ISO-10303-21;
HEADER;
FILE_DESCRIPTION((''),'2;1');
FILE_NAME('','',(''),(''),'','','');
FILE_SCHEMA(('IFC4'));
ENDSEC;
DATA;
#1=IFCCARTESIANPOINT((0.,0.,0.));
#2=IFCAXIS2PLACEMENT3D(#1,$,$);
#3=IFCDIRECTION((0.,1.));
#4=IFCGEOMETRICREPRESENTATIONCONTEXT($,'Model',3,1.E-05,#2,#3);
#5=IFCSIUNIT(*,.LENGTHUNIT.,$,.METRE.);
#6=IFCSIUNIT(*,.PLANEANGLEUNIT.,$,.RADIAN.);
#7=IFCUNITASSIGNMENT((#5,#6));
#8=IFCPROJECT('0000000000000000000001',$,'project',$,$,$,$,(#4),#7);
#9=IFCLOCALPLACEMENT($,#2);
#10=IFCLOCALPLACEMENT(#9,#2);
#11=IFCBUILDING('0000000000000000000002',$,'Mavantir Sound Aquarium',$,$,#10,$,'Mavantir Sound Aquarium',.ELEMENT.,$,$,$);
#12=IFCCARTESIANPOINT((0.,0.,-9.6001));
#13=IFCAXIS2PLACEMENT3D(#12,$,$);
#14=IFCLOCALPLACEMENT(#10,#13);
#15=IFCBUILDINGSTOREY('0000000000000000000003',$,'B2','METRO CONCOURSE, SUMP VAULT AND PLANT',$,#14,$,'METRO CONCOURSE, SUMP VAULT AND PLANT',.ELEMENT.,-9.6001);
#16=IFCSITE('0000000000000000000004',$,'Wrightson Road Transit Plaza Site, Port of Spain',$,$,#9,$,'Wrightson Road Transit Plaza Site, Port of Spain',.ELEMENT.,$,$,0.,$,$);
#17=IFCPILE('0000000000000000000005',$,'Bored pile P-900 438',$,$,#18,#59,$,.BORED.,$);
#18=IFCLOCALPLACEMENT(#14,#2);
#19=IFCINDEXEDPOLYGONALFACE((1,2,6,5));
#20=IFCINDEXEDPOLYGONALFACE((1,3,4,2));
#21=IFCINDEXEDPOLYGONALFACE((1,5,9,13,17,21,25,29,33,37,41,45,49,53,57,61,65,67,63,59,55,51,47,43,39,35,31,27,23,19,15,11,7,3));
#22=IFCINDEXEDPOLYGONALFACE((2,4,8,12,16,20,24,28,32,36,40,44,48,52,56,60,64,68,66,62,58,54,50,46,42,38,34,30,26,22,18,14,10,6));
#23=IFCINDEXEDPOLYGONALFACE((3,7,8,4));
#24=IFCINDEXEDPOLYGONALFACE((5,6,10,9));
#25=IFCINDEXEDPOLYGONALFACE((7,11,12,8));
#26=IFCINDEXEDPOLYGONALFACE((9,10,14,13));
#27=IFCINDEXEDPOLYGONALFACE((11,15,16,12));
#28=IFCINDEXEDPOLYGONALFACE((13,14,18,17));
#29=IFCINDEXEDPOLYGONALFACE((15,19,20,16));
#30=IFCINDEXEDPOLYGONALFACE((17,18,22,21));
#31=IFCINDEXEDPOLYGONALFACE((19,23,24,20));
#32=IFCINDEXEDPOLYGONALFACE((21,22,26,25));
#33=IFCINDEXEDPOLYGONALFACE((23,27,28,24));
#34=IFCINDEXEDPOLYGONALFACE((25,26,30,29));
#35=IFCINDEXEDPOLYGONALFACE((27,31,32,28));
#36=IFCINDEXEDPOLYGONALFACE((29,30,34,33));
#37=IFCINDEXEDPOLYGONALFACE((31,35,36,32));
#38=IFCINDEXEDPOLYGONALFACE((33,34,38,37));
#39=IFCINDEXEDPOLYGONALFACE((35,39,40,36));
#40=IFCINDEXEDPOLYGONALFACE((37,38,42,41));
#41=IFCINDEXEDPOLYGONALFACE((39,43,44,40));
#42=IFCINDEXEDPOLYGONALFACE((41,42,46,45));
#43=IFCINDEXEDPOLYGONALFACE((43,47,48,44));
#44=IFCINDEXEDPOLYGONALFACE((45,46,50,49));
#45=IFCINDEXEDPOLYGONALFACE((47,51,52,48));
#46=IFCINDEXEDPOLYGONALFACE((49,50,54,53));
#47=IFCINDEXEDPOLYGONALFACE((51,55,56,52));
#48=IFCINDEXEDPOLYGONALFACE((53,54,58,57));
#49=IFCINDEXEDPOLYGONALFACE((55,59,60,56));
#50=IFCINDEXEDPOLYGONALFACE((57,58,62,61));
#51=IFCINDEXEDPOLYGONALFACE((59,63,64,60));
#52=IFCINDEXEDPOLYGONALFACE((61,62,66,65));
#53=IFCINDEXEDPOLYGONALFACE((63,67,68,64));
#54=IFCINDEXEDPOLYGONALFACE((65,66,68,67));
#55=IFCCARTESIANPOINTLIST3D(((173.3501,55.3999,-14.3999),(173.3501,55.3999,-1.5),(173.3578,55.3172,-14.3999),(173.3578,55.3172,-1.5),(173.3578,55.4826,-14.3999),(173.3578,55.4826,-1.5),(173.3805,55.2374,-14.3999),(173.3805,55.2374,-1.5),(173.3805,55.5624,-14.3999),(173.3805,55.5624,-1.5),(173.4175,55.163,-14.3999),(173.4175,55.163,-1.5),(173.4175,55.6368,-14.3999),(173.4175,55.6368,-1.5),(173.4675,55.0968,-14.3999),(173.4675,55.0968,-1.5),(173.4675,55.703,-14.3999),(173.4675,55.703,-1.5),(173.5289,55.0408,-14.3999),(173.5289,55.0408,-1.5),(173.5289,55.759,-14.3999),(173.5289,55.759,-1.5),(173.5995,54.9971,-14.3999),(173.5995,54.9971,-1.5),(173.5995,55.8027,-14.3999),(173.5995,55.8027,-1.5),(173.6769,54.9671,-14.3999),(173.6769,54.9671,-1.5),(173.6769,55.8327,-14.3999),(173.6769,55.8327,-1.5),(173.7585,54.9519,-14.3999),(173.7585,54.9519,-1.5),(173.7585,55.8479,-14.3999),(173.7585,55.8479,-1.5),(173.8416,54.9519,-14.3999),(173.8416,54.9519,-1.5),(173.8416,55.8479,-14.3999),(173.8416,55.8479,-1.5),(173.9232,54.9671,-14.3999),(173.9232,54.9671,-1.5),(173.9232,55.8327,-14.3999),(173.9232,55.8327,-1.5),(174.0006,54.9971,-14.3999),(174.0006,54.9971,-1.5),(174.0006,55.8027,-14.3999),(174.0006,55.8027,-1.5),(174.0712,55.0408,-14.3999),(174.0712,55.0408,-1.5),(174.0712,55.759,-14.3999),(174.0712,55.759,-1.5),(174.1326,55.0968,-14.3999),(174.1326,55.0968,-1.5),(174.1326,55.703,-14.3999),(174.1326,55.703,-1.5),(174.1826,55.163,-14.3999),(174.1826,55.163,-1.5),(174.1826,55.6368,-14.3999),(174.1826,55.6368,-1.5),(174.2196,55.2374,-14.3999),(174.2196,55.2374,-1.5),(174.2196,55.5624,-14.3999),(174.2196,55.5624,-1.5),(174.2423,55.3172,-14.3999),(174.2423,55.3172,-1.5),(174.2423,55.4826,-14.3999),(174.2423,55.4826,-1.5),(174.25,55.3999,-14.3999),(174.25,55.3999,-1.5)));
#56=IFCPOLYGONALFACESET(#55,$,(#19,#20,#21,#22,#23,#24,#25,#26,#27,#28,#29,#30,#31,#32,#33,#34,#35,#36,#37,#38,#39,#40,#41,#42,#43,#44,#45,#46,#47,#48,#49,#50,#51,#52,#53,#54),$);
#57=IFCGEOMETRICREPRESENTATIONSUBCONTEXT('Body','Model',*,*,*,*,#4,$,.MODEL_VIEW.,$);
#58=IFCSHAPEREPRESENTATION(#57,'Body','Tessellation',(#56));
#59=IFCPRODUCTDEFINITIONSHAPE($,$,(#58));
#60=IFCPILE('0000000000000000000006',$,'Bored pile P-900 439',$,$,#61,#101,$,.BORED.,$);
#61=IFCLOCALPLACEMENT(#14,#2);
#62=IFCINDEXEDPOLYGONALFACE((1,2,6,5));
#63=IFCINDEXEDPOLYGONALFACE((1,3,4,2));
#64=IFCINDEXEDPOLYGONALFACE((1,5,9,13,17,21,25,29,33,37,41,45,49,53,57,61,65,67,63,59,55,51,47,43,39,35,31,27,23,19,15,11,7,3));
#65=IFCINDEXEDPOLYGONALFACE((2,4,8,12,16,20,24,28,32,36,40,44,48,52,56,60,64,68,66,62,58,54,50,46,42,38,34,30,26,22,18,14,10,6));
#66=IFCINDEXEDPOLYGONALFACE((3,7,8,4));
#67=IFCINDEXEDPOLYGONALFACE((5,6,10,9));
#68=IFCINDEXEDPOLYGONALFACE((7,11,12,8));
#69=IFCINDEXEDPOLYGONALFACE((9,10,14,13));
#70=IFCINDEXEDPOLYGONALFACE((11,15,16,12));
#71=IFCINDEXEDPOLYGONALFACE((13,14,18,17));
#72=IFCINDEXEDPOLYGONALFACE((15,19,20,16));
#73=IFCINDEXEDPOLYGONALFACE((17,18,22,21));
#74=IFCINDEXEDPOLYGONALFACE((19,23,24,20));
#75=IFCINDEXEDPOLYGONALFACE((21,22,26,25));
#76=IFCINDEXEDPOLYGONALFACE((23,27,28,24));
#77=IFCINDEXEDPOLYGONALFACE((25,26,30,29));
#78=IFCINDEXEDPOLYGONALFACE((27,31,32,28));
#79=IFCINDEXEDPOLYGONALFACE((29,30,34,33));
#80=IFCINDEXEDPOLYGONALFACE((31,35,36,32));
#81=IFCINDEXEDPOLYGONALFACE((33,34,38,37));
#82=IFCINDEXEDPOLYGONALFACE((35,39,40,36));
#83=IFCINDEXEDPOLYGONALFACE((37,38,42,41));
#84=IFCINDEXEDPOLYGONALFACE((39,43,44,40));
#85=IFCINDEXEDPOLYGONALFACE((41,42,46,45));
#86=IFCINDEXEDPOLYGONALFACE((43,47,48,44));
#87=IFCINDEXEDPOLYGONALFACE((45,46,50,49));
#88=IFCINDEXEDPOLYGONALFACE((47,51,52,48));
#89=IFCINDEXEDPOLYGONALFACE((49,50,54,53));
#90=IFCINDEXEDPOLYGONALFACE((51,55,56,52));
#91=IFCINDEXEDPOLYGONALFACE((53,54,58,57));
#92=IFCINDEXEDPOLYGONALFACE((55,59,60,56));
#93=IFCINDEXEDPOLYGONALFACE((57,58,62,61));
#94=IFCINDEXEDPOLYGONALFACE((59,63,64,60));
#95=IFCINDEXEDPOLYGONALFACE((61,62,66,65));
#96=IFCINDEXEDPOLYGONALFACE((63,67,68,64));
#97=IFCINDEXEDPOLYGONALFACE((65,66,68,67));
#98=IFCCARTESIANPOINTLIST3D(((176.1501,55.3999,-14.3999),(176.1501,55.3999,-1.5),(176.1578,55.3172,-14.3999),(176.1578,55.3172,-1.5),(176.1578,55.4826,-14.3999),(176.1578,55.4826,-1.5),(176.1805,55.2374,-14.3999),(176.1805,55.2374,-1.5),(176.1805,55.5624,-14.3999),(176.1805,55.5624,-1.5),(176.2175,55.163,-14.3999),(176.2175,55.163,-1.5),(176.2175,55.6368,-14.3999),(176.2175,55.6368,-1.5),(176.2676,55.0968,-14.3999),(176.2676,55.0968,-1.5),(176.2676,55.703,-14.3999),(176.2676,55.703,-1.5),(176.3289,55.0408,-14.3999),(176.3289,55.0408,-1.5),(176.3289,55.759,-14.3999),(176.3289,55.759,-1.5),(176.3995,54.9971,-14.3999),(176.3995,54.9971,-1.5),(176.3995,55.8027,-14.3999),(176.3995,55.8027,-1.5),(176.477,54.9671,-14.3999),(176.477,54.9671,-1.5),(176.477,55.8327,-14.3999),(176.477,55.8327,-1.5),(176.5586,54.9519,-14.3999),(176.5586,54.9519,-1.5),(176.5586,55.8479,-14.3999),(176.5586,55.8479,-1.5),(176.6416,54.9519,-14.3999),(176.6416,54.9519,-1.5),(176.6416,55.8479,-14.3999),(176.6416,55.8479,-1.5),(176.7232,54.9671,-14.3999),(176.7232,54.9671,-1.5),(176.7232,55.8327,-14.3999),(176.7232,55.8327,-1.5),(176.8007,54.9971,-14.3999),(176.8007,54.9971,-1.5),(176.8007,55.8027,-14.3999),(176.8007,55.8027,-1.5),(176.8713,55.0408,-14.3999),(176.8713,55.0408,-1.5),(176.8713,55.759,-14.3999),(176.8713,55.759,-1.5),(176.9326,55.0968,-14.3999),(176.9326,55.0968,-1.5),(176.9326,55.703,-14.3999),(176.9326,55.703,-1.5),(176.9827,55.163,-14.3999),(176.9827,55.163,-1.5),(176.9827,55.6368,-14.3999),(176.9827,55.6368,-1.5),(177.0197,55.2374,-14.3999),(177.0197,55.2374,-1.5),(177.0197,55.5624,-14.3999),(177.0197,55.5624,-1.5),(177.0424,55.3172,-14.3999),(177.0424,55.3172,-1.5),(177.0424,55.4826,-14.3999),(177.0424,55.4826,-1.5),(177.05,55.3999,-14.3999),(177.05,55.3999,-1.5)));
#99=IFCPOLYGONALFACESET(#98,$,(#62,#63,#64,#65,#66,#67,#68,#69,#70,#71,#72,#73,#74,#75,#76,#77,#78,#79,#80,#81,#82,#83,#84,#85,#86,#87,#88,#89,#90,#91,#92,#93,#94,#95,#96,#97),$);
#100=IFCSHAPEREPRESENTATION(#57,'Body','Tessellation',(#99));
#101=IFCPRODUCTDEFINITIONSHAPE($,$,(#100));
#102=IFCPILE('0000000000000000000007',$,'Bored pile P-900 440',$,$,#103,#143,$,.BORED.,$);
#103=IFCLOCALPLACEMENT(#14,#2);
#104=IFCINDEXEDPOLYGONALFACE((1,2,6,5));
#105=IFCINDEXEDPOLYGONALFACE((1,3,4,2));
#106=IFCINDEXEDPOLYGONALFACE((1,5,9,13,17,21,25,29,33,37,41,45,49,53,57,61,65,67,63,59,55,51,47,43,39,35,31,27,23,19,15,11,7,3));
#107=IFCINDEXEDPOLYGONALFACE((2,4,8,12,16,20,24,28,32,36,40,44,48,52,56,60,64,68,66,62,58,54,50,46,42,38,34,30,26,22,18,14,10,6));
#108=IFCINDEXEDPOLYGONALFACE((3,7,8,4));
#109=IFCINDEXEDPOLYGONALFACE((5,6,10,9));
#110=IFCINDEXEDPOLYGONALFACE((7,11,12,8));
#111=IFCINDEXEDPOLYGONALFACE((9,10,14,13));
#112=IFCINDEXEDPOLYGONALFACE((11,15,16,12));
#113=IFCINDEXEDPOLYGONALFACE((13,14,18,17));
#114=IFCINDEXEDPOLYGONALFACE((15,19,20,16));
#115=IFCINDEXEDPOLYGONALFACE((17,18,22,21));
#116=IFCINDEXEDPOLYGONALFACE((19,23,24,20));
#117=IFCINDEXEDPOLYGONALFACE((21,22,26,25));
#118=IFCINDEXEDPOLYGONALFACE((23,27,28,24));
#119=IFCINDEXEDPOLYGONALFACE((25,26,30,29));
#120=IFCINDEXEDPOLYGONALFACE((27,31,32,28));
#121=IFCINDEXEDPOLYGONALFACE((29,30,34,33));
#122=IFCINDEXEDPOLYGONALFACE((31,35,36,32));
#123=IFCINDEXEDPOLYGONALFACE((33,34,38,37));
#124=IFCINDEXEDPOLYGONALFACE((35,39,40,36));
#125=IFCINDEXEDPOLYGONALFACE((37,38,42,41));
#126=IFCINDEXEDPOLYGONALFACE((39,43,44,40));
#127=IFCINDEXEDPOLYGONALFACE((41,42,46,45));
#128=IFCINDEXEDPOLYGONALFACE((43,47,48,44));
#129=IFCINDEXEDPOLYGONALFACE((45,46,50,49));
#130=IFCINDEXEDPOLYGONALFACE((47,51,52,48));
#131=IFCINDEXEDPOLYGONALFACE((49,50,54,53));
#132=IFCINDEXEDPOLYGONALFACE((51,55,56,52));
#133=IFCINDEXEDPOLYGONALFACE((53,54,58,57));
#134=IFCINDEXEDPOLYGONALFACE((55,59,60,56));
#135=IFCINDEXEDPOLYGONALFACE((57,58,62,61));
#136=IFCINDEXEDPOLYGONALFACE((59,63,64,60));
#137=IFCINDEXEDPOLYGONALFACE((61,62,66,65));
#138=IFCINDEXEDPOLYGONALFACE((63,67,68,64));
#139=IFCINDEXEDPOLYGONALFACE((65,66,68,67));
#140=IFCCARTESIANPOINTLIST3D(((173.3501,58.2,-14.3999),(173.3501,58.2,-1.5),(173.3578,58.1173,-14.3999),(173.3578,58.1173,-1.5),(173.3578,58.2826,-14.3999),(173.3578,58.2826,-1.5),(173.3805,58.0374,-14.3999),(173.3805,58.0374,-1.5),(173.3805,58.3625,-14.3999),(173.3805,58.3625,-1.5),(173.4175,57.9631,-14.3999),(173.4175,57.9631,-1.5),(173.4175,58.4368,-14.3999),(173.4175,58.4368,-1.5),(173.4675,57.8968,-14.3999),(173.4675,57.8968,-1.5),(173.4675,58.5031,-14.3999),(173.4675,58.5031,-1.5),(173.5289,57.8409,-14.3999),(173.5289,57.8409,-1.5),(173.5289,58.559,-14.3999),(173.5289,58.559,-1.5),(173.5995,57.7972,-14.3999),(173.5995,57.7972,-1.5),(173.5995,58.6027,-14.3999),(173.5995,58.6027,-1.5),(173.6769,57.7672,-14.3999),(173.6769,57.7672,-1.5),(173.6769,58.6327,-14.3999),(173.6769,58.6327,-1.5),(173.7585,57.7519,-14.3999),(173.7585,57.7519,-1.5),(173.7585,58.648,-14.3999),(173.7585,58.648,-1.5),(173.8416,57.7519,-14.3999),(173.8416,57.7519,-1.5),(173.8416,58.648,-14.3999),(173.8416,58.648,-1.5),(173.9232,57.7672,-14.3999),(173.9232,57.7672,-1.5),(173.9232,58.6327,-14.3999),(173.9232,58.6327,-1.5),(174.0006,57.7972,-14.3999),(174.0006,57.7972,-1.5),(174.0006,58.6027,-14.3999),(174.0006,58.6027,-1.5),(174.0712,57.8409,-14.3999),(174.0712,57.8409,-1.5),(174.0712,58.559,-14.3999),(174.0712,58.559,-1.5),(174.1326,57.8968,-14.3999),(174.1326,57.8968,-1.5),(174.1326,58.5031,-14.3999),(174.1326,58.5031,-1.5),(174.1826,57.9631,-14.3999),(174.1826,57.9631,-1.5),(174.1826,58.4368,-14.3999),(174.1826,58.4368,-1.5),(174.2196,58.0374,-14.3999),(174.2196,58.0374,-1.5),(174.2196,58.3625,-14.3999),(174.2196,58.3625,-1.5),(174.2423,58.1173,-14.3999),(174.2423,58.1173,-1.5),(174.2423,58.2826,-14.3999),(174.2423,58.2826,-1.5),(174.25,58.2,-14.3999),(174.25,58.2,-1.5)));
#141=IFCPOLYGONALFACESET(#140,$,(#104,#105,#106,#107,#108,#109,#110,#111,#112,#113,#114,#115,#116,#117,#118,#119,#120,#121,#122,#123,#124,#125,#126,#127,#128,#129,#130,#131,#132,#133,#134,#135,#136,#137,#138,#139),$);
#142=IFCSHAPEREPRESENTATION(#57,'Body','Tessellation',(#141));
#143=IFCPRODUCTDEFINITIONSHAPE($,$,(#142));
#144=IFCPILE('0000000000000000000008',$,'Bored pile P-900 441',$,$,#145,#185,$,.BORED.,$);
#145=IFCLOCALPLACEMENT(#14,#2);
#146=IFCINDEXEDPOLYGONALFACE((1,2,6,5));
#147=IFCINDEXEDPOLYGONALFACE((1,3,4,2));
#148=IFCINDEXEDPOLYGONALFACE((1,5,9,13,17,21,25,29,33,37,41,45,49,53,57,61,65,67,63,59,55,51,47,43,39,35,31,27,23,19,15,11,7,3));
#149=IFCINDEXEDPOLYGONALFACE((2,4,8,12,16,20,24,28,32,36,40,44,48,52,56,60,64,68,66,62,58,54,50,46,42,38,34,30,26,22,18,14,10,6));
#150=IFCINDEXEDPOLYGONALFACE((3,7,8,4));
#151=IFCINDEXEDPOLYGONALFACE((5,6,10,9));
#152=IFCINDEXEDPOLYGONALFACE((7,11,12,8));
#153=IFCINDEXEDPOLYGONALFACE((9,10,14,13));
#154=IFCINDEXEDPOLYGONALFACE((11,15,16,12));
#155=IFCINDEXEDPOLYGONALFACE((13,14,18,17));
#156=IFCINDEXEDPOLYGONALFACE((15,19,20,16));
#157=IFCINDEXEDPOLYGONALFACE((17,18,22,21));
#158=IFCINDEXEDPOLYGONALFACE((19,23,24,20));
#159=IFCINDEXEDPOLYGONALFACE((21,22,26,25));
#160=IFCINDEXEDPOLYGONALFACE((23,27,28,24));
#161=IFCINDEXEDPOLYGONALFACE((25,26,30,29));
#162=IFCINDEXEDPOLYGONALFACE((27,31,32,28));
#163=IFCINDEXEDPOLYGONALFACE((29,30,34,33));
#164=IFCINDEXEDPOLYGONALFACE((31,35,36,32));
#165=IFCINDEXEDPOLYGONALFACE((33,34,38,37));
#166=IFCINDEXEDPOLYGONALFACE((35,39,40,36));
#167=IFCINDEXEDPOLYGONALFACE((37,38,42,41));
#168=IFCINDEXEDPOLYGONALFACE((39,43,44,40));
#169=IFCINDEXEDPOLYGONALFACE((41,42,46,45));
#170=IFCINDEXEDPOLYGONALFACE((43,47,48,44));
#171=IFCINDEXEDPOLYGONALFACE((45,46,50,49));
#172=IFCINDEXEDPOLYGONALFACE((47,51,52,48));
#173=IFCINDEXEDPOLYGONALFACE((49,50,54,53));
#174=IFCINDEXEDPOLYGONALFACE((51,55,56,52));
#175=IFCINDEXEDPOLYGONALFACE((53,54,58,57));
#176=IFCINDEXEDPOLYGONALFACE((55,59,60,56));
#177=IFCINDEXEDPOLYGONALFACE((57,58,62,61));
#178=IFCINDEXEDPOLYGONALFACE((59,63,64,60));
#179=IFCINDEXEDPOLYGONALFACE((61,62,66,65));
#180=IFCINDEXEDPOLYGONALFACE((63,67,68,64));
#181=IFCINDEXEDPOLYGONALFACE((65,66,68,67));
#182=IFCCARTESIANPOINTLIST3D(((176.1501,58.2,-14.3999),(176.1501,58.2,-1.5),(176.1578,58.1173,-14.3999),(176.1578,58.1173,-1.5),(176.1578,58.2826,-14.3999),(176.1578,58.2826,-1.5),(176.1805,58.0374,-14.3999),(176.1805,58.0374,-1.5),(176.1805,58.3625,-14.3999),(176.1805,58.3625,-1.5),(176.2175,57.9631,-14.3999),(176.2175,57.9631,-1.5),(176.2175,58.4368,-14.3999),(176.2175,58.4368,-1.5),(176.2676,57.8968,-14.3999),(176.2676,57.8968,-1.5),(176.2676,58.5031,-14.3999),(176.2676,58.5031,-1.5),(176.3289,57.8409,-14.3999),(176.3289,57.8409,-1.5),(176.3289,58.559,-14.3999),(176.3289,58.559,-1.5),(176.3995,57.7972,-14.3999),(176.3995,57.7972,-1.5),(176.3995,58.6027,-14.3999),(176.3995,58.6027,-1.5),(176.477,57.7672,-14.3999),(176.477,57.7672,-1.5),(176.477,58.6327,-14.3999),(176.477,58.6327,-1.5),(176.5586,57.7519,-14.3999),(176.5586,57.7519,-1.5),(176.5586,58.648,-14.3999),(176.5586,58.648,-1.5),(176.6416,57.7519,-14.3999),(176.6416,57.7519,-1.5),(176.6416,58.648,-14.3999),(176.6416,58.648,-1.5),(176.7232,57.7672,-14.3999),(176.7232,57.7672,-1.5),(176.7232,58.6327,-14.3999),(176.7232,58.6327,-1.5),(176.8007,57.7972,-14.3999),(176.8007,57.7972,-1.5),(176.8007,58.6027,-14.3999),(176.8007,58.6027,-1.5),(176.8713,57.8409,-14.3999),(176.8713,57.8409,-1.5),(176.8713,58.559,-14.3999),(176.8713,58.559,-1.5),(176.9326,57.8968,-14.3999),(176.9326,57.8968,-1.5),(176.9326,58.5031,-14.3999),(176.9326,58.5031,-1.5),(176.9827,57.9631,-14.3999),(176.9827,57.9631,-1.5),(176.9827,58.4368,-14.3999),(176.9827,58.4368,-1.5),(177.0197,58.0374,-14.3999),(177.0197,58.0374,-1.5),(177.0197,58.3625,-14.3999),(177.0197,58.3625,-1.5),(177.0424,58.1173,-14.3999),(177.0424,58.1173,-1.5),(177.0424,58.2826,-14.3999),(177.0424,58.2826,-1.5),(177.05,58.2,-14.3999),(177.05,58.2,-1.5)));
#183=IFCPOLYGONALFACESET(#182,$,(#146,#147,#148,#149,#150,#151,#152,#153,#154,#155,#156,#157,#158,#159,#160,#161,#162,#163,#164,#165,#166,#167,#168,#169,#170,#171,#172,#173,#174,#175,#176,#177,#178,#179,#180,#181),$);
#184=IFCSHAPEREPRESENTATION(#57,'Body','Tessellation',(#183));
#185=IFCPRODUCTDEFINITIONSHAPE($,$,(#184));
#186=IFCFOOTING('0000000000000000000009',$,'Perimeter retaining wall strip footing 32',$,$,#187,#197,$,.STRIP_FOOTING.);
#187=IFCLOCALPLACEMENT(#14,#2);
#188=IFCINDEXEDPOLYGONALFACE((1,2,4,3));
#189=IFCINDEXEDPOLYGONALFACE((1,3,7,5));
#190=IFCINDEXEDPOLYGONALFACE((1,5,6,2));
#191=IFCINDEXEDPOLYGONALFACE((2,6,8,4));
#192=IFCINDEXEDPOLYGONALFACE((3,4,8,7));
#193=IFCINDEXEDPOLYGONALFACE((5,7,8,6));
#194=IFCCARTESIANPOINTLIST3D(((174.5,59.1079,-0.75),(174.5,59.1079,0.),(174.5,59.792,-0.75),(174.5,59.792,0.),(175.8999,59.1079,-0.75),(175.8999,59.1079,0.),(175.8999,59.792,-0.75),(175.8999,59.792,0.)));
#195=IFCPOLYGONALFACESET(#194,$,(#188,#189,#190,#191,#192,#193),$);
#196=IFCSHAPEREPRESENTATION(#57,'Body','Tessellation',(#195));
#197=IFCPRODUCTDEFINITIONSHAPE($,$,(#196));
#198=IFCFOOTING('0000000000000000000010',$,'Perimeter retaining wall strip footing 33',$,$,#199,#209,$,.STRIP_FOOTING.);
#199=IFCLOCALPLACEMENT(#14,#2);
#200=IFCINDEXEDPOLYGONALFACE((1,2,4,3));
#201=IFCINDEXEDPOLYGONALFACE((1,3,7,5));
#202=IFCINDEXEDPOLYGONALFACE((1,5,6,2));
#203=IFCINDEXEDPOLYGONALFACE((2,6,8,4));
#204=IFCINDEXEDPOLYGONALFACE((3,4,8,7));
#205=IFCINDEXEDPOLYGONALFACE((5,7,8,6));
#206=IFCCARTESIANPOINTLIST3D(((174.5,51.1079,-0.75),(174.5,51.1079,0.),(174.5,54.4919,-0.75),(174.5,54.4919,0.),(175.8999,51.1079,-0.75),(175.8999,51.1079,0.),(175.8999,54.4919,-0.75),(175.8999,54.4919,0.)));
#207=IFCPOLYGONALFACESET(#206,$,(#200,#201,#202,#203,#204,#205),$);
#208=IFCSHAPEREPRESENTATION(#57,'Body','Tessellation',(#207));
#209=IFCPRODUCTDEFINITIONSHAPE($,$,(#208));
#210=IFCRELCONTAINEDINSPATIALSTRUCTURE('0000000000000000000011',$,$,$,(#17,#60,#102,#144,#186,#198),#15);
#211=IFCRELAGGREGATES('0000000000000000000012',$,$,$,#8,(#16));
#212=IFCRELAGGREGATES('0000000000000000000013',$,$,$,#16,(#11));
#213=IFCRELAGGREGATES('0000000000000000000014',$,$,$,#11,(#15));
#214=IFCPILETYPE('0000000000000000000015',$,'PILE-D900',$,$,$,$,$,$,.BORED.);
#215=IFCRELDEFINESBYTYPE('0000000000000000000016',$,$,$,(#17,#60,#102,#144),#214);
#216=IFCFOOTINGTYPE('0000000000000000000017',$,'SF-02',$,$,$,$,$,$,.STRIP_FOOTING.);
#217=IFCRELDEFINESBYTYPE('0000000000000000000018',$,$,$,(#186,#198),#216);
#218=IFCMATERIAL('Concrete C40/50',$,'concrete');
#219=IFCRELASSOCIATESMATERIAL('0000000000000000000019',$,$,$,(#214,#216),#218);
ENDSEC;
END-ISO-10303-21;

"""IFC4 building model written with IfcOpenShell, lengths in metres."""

from ifc_helpers import new_model, si_unit, direction, frame, origin, origin_2d, place, context, subcontext, project, spatial, rectangle, circle, extrude, material, material_profile, profile_set, type_object, element, save


model = new_model("IFC4")

# Units and contexts
model_context = context("Model", 3, precision=1e-05, world=origin(), true_north=direction((0.0, 1.0)))
body_context = subcontext(model_context, "Body", "Model", "MODEL_VIEW")
ifc_project = project(units=[si_unit("LENGTHUNIT", "METRE"), si_unit("PLANEANGLEUNIT", "RADIAN")], contexts=[model_context])

# Site, building, storey
site_placement = place(None, origin())
site = spatial("IfcSite", under=ifc_project, at=site_placement, Name="Wrightson Road Transit Plaza Site, Port of Spain", LongName="Wrightson Road Transit Plaza Site, Port of Spain", CompositionType="ELEMENT", RefElevation=0.0)
building_placement = place(site_placement, origin())
building = spatial("IfcBuilding", under=site, at=building_placement, Name="Mavantir Sound Aquarium", LongName="Mavantir Sound Aquarium", CompositionType="ELEMENT")
storey_placement = place(building_placement, frame((0.0, 0.0, -9.6001)))
storey = spatial("IfcBuildingStorey", under=building, at=storey_placement, Name="B2", Description="METRO CONCOURSE, SUMP VAULT AND PLANT", LongName="METRO CONCOURSE, SUMP VAULT AND PLANT", CompositionType="ELEMENT", Elevation=-9.6001)

# Shared definitions
ifc_material_1 = material(Name="Concrete C40/50", Category="concrete")

# Piles
ifc_material_profile_1 = material_profile(ifc_material_1, circle(Radius=0.45, at=origin_2d()), Name="PILE D900")
ifc_profile_set_1 = profile_set([ifc_material_profile_1], Name="Concrete C40/50")
pile_type = type_object("IfcPileType", Name="PILE-D900", PredefinedType="BORED", material=ifc_profile_set_1)
for number, where, z_axis, x_axis, name in (
    (1, (173.8, 55.3999, -1.5), (0.0, 0.0, -1.0), (1.0, 0.0, 0.0), "Bored pile P-900 438"),
    (2, (176.6001, 55.3999, -1.5), (0.0, 0.0, -1.0), (1.0, 0.0, 0.0), "Bored pile P-900 439"),
    (3, (173.8, 58.2, -1.5), (0.0, 0.0, -1.0), (1.0, 0.0, 0.0), "Bored pile P-900 440"),
    (4, (176.6001, 58.2, -1.5), (0.0, 0.0, -1.0), (1.0, 0.0, 0.0), "Bored pile P-900 441"),
):
    element("IfcPile", number, at=place(storey_placement, frame(where, z_axis=z_axis, x_axis=x_axis)), inside=storey, type_object=pile_type, Name=name, PredefinedType="BORED", context=body_context, shape_type="SweptSolid", body=[
        extrude(circle(Radius=0.45, at=origin_2d()), origin(), (0.0, 0.0, 1.0), 12.8999),
    ])

# Footings
ifc_material_profile_2 = material_profile(ifc_material_1, rectangle(XDim=1.3999, YDim=0.75, at=origin_2d()), Name="RC 1400X750")
ifc_profile_set_2 = profile_set([ifc_material_profile_2], Name="Concrete C40/50")
footing_type_1 = type_object("IfcFootingType", Name="SF-02", PredefinedType="STRIP_FOOTING", material=ifc_profile_set_2)
footing_1_placement = place(storey_placement, frame((175.2, 59.792, -0.375), z_axis=(0.0, -1.0, 0.0), x_axis=(1.0, 0.0, 0.0)))
element("IfcFooting", 5, at=footing_1_placement, inside=storey, type_object=footing_type_1, Name="Perimeter retaining wall strip footing 32", PredefinedType="STRIP_FOOTING", context=body_context, shape_type="SweptSolid", body=[
    extrude(rectangle(XDim=1.3999, YDim=0.75, at=origin_2d()), origin(), (0.0, 0.0, 1.0), 0.6841),
])
for number, where, z_axis, x_axis, name in (
    (6, (175.2, 54.4919, -0.375), (0.0, -1.0, 0.0), (1.0, 0.0, 0.0), "Perimeter retaining wall strip footing 33"),
):
    element("IfcFooting", number, at=place(storey_placement, frame(where, z_axis=z_axis, x_axis=x_axis)), inside=storey, type_object=footing_type_1, Name=name, PredefinedType="STRIP_FOOTING", context=body_context, shape_type="SweptSolid", body=[
        extrude(rectangle(XDim=1.3999, YDim=0.75, at=origin_2d()), origin(), (0.0, 0.0, 1.0), 3.384),
    ])

save(model, "model.ifc")
